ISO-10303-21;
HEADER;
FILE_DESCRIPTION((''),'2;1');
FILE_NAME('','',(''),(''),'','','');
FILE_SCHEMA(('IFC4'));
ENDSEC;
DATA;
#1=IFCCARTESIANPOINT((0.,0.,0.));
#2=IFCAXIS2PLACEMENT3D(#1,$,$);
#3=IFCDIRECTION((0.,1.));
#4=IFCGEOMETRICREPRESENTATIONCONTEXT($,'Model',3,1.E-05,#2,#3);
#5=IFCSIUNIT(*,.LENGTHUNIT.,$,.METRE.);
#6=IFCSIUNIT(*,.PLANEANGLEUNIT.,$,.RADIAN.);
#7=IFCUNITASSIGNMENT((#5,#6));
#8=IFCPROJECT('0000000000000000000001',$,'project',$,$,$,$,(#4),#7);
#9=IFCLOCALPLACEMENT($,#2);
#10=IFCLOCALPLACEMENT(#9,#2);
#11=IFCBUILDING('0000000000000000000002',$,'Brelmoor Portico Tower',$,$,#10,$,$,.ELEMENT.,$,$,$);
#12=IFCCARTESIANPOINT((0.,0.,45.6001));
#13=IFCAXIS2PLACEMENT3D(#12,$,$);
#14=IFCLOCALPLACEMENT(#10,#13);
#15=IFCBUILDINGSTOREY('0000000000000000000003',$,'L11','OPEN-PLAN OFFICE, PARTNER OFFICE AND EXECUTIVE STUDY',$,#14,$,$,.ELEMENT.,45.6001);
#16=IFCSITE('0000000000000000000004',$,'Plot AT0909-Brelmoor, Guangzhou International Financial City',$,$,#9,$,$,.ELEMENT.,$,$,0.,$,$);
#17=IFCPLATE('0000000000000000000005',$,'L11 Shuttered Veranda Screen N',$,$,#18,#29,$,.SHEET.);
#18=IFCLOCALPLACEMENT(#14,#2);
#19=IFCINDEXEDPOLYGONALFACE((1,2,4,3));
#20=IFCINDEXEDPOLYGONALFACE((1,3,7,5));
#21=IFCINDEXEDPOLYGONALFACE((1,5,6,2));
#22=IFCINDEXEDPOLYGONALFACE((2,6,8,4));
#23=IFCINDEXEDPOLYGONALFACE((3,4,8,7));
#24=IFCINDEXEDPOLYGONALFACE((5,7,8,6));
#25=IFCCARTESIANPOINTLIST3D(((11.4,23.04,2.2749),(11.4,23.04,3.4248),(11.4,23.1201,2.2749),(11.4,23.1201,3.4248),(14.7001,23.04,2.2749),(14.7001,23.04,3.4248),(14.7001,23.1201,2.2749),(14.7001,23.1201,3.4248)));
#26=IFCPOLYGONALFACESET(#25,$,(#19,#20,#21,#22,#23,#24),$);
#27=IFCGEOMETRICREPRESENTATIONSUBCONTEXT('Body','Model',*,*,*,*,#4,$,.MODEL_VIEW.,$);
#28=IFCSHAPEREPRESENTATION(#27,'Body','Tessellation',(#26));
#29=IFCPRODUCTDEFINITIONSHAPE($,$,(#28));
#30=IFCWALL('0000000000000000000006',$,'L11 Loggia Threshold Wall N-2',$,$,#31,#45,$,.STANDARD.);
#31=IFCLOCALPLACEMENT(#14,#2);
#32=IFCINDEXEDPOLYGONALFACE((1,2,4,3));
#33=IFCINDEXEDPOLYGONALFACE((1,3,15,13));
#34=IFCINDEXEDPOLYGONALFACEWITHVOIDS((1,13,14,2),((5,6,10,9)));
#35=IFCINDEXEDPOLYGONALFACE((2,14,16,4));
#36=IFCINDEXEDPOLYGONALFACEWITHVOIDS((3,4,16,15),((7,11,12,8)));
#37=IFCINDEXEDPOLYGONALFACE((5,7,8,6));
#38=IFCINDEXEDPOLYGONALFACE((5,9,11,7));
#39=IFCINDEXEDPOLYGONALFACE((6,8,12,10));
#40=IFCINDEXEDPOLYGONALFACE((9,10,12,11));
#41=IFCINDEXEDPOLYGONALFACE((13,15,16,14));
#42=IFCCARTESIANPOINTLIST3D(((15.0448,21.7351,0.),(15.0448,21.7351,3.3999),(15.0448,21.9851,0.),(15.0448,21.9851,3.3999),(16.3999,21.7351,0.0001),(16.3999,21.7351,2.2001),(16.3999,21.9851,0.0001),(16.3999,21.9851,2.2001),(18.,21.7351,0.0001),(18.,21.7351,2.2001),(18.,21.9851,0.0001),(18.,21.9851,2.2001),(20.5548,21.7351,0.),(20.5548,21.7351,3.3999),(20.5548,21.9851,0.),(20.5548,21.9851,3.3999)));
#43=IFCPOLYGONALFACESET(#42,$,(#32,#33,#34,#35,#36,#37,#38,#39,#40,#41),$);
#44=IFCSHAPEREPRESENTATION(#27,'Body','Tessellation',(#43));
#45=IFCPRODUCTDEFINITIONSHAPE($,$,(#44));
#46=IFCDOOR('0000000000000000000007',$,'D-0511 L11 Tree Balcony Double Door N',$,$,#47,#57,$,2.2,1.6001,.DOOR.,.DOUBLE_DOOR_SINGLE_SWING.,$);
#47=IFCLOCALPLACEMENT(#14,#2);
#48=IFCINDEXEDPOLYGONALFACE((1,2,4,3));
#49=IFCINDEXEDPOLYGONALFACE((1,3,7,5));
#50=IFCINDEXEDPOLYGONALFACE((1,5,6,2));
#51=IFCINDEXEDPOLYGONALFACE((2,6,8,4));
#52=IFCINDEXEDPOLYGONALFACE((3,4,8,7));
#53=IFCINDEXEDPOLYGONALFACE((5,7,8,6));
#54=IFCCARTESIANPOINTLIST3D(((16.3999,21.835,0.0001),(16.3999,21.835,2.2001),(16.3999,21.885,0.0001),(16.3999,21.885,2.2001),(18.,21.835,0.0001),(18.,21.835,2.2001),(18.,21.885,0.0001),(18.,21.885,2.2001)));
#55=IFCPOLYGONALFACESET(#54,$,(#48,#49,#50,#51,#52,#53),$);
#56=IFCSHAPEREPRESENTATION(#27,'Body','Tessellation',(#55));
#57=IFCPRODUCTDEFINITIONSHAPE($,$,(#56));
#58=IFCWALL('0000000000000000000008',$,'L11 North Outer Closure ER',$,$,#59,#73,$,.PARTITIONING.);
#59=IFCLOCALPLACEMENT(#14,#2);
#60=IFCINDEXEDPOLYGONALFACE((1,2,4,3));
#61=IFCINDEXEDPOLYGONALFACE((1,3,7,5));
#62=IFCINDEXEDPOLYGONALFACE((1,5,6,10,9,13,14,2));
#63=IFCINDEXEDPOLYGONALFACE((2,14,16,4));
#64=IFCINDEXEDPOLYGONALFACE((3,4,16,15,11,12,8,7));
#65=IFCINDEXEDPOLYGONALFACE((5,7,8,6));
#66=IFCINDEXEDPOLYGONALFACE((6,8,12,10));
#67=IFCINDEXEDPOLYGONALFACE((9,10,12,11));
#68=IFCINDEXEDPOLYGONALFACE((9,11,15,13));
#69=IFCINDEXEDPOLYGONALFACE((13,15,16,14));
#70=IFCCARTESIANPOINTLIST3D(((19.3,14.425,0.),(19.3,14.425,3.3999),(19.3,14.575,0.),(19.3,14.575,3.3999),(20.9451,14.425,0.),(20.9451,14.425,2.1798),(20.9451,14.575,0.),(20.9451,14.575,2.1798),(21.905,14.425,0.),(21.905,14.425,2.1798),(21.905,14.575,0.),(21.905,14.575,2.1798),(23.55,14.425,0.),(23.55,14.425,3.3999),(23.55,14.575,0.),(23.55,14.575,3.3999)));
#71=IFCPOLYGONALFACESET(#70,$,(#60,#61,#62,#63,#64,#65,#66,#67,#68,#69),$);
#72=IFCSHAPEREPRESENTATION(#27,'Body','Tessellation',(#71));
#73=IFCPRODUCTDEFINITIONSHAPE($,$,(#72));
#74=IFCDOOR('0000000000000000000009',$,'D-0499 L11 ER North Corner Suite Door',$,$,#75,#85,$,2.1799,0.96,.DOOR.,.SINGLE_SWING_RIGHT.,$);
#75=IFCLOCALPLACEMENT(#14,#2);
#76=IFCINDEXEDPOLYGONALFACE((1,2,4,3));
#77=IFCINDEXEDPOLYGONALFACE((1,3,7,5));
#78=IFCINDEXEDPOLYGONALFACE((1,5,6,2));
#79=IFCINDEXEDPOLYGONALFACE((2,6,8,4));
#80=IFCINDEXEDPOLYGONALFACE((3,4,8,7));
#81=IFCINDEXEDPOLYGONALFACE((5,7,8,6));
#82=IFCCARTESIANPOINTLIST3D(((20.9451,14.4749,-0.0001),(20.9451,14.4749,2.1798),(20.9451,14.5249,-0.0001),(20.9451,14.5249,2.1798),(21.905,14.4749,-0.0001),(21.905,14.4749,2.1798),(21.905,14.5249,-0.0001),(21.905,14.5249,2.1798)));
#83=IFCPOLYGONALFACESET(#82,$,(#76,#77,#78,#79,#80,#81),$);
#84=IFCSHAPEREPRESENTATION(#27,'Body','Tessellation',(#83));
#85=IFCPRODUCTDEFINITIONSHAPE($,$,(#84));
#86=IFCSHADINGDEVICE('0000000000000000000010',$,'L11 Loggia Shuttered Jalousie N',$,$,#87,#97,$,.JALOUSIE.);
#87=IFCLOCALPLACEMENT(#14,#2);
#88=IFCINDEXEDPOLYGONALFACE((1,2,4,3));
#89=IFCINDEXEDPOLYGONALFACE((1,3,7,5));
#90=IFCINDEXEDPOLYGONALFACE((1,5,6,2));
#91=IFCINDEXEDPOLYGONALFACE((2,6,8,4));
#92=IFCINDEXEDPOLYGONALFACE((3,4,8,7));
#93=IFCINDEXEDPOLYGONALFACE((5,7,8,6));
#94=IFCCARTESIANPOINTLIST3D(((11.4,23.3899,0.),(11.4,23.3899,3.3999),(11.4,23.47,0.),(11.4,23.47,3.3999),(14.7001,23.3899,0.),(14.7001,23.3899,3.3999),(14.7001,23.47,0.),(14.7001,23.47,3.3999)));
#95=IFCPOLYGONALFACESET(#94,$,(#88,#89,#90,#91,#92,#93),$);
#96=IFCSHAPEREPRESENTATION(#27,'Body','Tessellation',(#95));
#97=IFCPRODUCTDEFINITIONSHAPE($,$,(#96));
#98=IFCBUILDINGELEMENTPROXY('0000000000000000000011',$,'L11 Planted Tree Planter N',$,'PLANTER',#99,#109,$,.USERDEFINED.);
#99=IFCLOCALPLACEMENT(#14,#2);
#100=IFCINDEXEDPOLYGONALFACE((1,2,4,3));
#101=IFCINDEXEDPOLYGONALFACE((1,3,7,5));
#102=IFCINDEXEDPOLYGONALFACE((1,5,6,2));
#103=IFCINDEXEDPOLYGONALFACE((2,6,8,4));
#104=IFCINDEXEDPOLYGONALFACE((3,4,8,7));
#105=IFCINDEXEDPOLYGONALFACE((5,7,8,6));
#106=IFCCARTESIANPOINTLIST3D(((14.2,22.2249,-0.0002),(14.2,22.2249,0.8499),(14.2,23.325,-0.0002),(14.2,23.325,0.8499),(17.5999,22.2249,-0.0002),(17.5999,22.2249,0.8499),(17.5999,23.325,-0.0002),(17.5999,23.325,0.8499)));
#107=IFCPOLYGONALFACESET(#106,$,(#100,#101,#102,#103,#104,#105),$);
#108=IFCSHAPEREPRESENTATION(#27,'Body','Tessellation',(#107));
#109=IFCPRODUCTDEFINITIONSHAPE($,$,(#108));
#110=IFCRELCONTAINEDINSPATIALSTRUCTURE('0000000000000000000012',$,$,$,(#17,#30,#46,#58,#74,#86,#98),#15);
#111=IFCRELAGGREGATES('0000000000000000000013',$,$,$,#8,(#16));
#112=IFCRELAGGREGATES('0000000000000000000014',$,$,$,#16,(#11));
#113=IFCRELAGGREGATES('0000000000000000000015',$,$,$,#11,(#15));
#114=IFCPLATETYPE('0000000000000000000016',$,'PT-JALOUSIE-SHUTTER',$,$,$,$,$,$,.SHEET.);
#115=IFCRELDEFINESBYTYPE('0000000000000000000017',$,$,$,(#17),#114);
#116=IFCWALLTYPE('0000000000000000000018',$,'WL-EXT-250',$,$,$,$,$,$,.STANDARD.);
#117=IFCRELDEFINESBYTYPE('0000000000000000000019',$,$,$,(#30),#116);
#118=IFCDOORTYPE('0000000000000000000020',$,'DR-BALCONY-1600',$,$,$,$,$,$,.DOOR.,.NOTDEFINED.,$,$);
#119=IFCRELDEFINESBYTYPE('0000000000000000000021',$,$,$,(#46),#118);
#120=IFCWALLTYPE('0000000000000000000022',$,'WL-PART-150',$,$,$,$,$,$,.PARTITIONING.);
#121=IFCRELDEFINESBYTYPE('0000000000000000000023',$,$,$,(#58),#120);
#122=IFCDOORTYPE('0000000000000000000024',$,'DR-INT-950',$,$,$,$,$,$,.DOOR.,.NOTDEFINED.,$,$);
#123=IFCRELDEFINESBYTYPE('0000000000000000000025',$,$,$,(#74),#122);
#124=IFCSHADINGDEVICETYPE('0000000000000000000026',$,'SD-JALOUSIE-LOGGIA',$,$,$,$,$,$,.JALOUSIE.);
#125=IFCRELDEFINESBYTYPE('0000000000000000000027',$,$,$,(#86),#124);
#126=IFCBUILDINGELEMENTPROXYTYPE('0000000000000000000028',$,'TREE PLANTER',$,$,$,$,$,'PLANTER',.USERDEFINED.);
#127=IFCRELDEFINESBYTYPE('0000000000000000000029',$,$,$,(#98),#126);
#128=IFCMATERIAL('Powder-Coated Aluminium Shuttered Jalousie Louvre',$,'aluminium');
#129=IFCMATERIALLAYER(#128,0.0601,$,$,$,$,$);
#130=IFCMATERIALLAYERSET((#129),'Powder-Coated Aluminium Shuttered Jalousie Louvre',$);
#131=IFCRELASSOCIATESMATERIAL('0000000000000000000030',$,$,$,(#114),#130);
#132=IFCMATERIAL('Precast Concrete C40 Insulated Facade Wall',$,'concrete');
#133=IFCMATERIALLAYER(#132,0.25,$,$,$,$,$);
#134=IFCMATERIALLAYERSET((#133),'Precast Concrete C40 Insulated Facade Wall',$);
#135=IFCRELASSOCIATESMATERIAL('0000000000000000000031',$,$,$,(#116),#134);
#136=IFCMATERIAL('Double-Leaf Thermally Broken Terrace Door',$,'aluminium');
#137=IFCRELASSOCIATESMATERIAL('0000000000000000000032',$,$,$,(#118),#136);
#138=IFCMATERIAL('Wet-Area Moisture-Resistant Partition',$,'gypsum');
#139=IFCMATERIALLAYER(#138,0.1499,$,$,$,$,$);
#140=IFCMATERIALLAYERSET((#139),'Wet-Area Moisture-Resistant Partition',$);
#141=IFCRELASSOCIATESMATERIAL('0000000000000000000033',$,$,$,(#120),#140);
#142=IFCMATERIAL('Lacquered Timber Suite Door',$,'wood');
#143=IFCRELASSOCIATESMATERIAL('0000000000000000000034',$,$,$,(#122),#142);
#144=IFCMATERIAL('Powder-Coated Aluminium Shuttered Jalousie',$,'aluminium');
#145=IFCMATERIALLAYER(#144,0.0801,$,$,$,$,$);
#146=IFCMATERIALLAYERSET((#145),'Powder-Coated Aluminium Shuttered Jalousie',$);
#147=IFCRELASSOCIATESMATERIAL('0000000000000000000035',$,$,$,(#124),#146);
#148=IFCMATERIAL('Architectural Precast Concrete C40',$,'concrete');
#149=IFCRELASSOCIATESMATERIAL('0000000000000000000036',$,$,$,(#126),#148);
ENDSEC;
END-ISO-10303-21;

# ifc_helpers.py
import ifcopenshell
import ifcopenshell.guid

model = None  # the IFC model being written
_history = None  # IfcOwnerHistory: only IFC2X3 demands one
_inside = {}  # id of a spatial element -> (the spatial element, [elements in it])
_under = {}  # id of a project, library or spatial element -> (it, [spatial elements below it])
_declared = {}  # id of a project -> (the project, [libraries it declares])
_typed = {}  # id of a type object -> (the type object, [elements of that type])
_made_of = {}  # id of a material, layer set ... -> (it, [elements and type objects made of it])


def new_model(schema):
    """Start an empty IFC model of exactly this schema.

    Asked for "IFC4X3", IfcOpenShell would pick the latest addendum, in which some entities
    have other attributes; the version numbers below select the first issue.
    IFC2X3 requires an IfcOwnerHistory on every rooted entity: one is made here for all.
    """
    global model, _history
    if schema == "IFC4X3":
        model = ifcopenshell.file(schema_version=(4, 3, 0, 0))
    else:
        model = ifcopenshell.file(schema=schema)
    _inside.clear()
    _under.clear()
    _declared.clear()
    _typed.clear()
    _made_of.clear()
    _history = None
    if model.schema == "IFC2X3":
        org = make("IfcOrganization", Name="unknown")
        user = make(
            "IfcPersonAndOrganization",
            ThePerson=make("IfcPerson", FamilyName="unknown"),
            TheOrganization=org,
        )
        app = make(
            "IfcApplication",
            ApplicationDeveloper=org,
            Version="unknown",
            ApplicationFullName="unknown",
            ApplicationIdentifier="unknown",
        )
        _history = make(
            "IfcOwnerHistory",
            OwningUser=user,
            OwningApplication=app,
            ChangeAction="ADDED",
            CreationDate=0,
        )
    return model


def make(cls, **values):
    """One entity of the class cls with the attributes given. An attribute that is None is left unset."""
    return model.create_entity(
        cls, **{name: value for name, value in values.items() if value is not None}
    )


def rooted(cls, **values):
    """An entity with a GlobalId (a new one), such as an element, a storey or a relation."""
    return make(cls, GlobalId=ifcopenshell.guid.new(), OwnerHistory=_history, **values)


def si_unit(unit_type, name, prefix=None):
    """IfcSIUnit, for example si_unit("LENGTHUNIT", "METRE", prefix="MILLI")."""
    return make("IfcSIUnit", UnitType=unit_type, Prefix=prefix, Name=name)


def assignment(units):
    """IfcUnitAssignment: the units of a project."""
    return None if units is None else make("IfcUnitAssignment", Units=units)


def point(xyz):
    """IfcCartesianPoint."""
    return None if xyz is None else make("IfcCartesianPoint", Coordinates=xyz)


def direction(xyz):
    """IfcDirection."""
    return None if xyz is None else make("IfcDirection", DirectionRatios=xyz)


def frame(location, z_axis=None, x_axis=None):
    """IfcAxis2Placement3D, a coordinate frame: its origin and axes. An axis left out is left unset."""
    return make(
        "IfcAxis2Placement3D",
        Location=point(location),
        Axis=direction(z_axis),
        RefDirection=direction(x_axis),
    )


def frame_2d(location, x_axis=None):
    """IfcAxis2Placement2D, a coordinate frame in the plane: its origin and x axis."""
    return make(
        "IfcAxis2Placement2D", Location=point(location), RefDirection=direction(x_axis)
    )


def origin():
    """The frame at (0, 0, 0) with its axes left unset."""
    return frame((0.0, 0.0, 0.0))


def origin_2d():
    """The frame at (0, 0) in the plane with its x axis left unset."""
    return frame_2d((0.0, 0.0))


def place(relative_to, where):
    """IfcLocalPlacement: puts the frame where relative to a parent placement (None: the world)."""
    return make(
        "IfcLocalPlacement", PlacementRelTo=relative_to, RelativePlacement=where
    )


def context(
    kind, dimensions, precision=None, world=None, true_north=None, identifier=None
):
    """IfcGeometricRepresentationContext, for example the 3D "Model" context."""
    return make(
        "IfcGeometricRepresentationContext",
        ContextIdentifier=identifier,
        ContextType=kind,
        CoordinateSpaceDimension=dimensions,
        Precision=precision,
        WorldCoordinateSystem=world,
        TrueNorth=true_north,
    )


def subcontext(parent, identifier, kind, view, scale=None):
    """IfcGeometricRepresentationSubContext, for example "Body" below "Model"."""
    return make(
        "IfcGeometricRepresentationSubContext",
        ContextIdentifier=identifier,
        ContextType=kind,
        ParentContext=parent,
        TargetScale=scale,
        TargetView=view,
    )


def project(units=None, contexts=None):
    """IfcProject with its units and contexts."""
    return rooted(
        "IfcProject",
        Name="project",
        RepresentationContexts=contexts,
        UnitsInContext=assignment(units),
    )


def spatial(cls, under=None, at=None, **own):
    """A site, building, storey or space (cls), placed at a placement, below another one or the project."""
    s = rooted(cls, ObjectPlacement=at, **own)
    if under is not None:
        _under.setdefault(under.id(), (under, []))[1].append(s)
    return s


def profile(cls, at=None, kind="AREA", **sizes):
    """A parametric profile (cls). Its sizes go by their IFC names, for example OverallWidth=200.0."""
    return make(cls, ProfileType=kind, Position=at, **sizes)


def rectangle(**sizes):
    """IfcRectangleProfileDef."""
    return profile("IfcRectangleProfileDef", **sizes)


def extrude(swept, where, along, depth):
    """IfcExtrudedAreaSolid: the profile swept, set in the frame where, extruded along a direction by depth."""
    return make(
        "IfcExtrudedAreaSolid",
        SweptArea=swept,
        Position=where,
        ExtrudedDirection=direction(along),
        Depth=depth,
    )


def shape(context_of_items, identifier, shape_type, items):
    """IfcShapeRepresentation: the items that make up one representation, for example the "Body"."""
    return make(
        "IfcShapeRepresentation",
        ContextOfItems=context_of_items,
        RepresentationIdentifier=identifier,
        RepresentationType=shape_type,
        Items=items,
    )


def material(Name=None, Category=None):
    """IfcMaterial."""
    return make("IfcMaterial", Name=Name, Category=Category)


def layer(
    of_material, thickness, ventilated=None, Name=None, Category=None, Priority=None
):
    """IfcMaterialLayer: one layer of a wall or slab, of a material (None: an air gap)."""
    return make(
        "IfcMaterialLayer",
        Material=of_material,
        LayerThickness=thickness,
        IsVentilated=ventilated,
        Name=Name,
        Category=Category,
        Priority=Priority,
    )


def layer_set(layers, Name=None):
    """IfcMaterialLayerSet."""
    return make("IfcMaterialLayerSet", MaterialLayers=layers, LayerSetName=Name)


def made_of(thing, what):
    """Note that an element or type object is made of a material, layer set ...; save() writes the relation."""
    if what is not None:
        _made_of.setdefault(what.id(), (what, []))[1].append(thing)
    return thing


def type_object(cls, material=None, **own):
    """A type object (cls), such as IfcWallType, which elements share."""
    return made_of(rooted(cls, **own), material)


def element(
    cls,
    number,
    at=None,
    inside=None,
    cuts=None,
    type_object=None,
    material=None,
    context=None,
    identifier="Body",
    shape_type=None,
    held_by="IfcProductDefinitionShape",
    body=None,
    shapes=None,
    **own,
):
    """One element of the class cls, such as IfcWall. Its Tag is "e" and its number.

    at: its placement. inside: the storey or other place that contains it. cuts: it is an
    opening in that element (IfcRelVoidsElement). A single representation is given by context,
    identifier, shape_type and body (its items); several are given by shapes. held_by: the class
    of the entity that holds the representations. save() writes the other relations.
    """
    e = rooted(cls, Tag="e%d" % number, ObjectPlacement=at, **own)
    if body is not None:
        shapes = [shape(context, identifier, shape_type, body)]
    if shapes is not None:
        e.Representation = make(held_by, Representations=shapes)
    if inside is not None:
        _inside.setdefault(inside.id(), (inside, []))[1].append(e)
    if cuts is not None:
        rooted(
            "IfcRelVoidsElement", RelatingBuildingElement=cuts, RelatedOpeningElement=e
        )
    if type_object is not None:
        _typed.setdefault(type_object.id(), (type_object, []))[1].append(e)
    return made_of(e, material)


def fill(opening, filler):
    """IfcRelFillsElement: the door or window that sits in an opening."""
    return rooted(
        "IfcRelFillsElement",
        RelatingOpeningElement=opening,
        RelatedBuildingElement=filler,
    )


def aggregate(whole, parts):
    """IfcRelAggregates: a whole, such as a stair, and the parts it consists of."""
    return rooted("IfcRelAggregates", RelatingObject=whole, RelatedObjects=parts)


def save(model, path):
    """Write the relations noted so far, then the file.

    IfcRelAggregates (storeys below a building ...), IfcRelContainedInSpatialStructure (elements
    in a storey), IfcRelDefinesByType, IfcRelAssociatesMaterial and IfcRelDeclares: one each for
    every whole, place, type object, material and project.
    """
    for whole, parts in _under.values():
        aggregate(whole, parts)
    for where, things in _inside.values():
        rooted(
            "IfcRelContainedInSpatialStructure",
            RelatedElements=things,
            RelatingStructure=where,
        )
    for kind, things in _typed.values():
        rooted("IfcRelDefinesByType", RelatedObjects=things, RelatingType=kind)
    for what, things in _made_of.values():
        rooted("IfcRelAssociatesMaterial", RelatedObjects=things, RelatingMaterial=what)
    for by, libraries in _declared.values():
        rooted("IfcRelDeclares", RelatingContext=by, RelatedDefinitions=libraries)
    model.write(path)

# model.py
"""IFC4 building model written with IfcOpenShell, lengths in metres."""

from ifc_helpers import new_model, si_unit, direction, frame, frame_2d, origin, origin_2d, place, context, subcontext, project, spatial, rectangle, extrude, material, layer, layer_set, type_object, element, fill, save


model = new_model("IFC4")

# Units and contexts
model_context = context("Model", 3, precision=1e-05, world=origin(), true_north=direction((0.0, 1.0)))
body_context = subcontext(model_context, "Body", "Model", "MODEL_VIEW")
ifc_project = project(units=[si_unit("LENGTHUNIT", "METRE"), si_unit("PLANEANGLEUNIT", "RADIAN")], contexts=[model_context])

# Site, building, storey
site_placement = place(None, origin())
site = spatial("IfcSite", under=ifc_project, at=site_placement, Name="Plot AT0909-Brelmoor, Guangzhou International Financial City", CompositionType="ELEMENT", RefElevation=0.0)
building_placement = place(site_placement, origin())
building = spatial("IfcBuilding", under=site, at=building_placement, Name="Brelmoor Portico Tower", CompositionType="ELEMENT")
storey_placement = place(building_placement, frame((0.0, 0.0, 45.6001)))
storey = spatial("IfcBuildingStorey", under=building, at=storey_placement, Name="L11", Description="OPEN-PLAN OFFICE, PARTNER OFFICE AND EXECUTIVE STUDY", CompositionType="ELEMENT", Elevation=45.6001)

# Plate
ifc_material_1 = material(Name="Powder-Coated Aluminium Shuttered Jalousie Louvre", Category="aluminium")
ifc_layer_1 = layer(ifc_material_1, 0.0601)
ifc_layer_set_1 = layer_set([ifc_layer_1], Name="Powder-Coated Aluminium Shuttered Jalousie Louvre")
plate_type_1 = type_object("IfcPlateType", Name="PT-JALOUSIE-SHUTTER", PredefinedType="SHEET", material=ifc_layer_set_1)
plate_1_placement = place(storey_placement, frame((13.05, 23.0801, 2.2749), z_axis=(0.0, 0.0, 1.0), x_axis=(1.0, 0.0, 0.0)))
element("IfcPlate", 1, at=plate_1_placement, inside=storey, type_object=plate_type_1, Name="L11 Shuttered Veranda Screen N", PredefinedType="SHEET", context=body_context, shape_type="SweptSolid", body=[
    extrude(rectangle(XDim=3.3, YDim=0.0801, at=origin_2d()), origin(), (0.0, 0.0, 1.0), 1.1499),
])

# Walls, openings, doors
ifc_material_2 = material(Name="Precast Concrete C40 Insulated Facade Wall", Category="concrete")
ifc_layer_2 = layer(ifc_material_2, 0.25)
ifc_layer_set_2 = layer_set([ifc_layer_2], Name="Precast Concrete C40 Insulated Facade Wall")
wall_type_1 = type_object("IfcWallType", Name="WL-EXT-250", PredefinedType="STANDARD", material=ifc_layer_set_2)
wall_1_placement = place(storey_placement, frame((15.0449, 21.8601, 0.0), z_axis=(0.0, 0.0, 1.0), x_axis=(1.0, 0.0, 0.0)))
wall_1 = element("IfcWall", 2, at=wall_1_placement, inside=storey, type_object=wall_type_1, Name="L11 Loggia Threshold Wall N-2", PredefinedType="STANDARD", context=body_context, shape_type="SweptSolid", body=[
    extrude(rectangle(XDim=5.51, YDim=0.25, at=frame_2d((2.7549, 0.0))), origin(), (0.0, 0.0, 1.0), 3.3999),
])
opening_1_placement = place(wall_1_placement, frame((1.355, 0.0, 0.0)))
opening_1 = element("IfcOpeningElement", 3, at=opening_1_placement, cuts=wall_1, PredefinedType="OPENING", context=body_context, shape_type="SweptSolid", body=[
    extrude(rectangle(XDim=1.6001, YDim=2.2, at=frame_2d((0.8, 1.1001))), frame((0.0, 0.135, 0.0), z_axis=(0.0, -1.0, 0.0), x_axis=(1.0, 0.0, 0.0)), (0.0, 0.0, 1.0), 0.27),
])
ifc_material_3 = material(Name="Double-Leaf Thermally Broken Terrace Door", Category="aluminium")
door_type_1 = type_object("IfcDoorType", Name="DR-BALCONY-1600", OperationType="NOTDEFINED", PredefinedType="DOOR", material=ifc_material_3)
door_1_placement = place(opening_1_placement, origin())
door_1 = element("IfcDoor", 4, at=door_1_placement, inside=storey, type_object=door_type_1, Name="D-0511 L11 Tree Balcony Double Door N", OperationType="DOUBLE_DOOR_SINGLE_SWING", OverallHeight=2.2, OverallWidth=1.6001, PredefinedType="DOOR", context=body_context, shape_type="SweptSolid", body=[
    extrude(rectangle(XDim=1.6001, YDim=2.2, at=frame_2d((0.8, 1.1001))), frame((0.0, 0.0249, 0.0), z_axis=(0.0, -1.0, 0.0), x_axis=(1.0, 0.0, 0.0)), (0.0, 0.0, 1.0), 0.05),
])
fill(opening_1, door_1)
ifc_material_4 = material(Name="Wet-Area Moisture-Resistant Partition", Category="gypsum")
ifc_layer_3 = layer(ifc_material_4, 0.1499)
ifc_layer_set_3 = layer_set([ifc_layer_3], Name="Wet-Area Moisture-Resistant Partition")
wall_type_2 = type_object("IfcWallType", Name="WL-PART-150", PredefinedType="PARTITIONING", material=ifc_layer_set_3)
wall_2_placement = place(storey_placement, frame((19.3, 14.5, 0.0), z_axis=(0.0, 0.0, 1.0), x_axis=(1.0, 0.0, 0.0)))
wall_2 = element("IfcWall", 5, at=wall_2_placement, inside=storey, type_object=wall_type_2, Name="L11 North Outer Closure ER", PredefinedType="PARTITIONING", context=body_context, shape_type="SweptSolid", body=[
    extrude(rectangle(XDim=4.25, YDim=0.1499, at=frame_2d((2.125, 0.0))), origin(), (0.0, 0.0, 1.0), 3.3999),
])
opening_2_placement = place(wall_2_placement, frame((1.645, 0.0, 0.0)))
opening_2 = element("IfcOpeningElement", 6, at=opening_2_placement, cuts=wall_2, PredefinedType="OPENING", context=body_context, shape_type="SweptSolid", body=[
    extrude(rectangle(XDim=0.96, YDim=2.1799, at=frame_2d((0.48, 1.0898))), frame((0.0, 0.085, 0.0), z_axis=(0.0, -1.0, 0.0), x_axis=(1.0, 0.0, 0.0)), (0.0, 0.0, 1.0), 0.1699),
])
ifc_material_5 = material(Name="Lacquered Timber Suite Door", Category="wood")
door_type_2 = type_object("IfcDoorType", Name="DR-INT-950", OperationType="NOTDEFINED", PredefinedType="DOOR", material=ifc_material_5)
door_2_placement = place(opening_2_placement, origin())
door_2 = element("IfcDoor", 7, at=door_2_placement, inside=storey, type_object=door_type_2, Name="D-0499 L11 ER North Corner Suite Door", OperationType="SINGLE_SWING_RIGHT", OverallHeight=2.1799, OverallWidth=0.96, PredefinedType="DOOR", context=body_context, shape_type="SweptSolid", body=[
    extrude(rectangle(XDim=0.96, YDim=2.1799, at=frame_2d((0.48, 1.0898))), frame((0.0, 0.0249, 0.0), z_axis=(0.0, -1.0, 0.0), x_axis=(1.0, 0.0, 0.0)), (0.0, 0.0, 1.0), 0.05),
])
fill(opening_2, door_2)

# Shading device
ifc_material_6 = material(Name="Powder-Coated Aluminium Shuttered Jalousie", Category="aluminium")
ifc_layer_4 = layer(ifc_material_6, 0.0801)
ifc_layer_set_4 = layer_set([ifc_layer_4], Name="Powder-Coated Aluminium Shuttered Jalousie")
shading_device_type = type_object("IfcShadingDeviceType", Name="SD-JALOUSIE-LOGGIA", PredefinedType="JALOUSIE", material=ifc_layer_set_4)
shading_device_placement = place(storey_placement, frame((13.05, 23.4299, 0.0), z_axis=(0.0, 0.0, 1.0), x_axis=(1.0, 0.0, 0.0)))
element("IfcShadingDevice", 8, at=shading_device_placement, inside=storey, type_object=shading_device_type, Name="L11 Loggia Shuttered Jalousie N", PredefinedType="JALOUSIE", context=body_context, shape_type="SweptSolid", body=[
    extrude(rectangle(XDim=3.3, YDim=0.0801, at=origin_2d()), origin(), (0.0, 0.0, 1.0), 3.3999),
])

# Building element proxy
ifc_material_7 = material(Name="Architectural Precast Concrete C40", Category="concrete")
building_element_proxy_type = type_object("IfcBuildingElementProxyType", Name="TREE PLANTER", ElementType="PLANTER", PredefinedType="USERDEFINED", material=ifc_material_7)
proxy_placement = place(storey_placement, frame((15.8999, 22.7749, -0.0002), z_axis=(0.0, 0.0, 1.0), x_axis=(1.0, 0.0, 0.0)))
element("IfcBuildingElementProxy", 9, at=proxy_placement, inside=storey, type_object=building_element_proxy_type, Name="L11 Planted Tree Planter N", ObjectType="PLANTER", PredefinedType="USERDEFINED", context=body_context, shape_type="SweptSolid", body=[
    extrude(rectangle(XDim=3.3999, YDim=1.1001, at=origin_2d()), origin(), (0.0, 0.0, 1.0), 0.8501),
])

save(model, "model.ifc")
